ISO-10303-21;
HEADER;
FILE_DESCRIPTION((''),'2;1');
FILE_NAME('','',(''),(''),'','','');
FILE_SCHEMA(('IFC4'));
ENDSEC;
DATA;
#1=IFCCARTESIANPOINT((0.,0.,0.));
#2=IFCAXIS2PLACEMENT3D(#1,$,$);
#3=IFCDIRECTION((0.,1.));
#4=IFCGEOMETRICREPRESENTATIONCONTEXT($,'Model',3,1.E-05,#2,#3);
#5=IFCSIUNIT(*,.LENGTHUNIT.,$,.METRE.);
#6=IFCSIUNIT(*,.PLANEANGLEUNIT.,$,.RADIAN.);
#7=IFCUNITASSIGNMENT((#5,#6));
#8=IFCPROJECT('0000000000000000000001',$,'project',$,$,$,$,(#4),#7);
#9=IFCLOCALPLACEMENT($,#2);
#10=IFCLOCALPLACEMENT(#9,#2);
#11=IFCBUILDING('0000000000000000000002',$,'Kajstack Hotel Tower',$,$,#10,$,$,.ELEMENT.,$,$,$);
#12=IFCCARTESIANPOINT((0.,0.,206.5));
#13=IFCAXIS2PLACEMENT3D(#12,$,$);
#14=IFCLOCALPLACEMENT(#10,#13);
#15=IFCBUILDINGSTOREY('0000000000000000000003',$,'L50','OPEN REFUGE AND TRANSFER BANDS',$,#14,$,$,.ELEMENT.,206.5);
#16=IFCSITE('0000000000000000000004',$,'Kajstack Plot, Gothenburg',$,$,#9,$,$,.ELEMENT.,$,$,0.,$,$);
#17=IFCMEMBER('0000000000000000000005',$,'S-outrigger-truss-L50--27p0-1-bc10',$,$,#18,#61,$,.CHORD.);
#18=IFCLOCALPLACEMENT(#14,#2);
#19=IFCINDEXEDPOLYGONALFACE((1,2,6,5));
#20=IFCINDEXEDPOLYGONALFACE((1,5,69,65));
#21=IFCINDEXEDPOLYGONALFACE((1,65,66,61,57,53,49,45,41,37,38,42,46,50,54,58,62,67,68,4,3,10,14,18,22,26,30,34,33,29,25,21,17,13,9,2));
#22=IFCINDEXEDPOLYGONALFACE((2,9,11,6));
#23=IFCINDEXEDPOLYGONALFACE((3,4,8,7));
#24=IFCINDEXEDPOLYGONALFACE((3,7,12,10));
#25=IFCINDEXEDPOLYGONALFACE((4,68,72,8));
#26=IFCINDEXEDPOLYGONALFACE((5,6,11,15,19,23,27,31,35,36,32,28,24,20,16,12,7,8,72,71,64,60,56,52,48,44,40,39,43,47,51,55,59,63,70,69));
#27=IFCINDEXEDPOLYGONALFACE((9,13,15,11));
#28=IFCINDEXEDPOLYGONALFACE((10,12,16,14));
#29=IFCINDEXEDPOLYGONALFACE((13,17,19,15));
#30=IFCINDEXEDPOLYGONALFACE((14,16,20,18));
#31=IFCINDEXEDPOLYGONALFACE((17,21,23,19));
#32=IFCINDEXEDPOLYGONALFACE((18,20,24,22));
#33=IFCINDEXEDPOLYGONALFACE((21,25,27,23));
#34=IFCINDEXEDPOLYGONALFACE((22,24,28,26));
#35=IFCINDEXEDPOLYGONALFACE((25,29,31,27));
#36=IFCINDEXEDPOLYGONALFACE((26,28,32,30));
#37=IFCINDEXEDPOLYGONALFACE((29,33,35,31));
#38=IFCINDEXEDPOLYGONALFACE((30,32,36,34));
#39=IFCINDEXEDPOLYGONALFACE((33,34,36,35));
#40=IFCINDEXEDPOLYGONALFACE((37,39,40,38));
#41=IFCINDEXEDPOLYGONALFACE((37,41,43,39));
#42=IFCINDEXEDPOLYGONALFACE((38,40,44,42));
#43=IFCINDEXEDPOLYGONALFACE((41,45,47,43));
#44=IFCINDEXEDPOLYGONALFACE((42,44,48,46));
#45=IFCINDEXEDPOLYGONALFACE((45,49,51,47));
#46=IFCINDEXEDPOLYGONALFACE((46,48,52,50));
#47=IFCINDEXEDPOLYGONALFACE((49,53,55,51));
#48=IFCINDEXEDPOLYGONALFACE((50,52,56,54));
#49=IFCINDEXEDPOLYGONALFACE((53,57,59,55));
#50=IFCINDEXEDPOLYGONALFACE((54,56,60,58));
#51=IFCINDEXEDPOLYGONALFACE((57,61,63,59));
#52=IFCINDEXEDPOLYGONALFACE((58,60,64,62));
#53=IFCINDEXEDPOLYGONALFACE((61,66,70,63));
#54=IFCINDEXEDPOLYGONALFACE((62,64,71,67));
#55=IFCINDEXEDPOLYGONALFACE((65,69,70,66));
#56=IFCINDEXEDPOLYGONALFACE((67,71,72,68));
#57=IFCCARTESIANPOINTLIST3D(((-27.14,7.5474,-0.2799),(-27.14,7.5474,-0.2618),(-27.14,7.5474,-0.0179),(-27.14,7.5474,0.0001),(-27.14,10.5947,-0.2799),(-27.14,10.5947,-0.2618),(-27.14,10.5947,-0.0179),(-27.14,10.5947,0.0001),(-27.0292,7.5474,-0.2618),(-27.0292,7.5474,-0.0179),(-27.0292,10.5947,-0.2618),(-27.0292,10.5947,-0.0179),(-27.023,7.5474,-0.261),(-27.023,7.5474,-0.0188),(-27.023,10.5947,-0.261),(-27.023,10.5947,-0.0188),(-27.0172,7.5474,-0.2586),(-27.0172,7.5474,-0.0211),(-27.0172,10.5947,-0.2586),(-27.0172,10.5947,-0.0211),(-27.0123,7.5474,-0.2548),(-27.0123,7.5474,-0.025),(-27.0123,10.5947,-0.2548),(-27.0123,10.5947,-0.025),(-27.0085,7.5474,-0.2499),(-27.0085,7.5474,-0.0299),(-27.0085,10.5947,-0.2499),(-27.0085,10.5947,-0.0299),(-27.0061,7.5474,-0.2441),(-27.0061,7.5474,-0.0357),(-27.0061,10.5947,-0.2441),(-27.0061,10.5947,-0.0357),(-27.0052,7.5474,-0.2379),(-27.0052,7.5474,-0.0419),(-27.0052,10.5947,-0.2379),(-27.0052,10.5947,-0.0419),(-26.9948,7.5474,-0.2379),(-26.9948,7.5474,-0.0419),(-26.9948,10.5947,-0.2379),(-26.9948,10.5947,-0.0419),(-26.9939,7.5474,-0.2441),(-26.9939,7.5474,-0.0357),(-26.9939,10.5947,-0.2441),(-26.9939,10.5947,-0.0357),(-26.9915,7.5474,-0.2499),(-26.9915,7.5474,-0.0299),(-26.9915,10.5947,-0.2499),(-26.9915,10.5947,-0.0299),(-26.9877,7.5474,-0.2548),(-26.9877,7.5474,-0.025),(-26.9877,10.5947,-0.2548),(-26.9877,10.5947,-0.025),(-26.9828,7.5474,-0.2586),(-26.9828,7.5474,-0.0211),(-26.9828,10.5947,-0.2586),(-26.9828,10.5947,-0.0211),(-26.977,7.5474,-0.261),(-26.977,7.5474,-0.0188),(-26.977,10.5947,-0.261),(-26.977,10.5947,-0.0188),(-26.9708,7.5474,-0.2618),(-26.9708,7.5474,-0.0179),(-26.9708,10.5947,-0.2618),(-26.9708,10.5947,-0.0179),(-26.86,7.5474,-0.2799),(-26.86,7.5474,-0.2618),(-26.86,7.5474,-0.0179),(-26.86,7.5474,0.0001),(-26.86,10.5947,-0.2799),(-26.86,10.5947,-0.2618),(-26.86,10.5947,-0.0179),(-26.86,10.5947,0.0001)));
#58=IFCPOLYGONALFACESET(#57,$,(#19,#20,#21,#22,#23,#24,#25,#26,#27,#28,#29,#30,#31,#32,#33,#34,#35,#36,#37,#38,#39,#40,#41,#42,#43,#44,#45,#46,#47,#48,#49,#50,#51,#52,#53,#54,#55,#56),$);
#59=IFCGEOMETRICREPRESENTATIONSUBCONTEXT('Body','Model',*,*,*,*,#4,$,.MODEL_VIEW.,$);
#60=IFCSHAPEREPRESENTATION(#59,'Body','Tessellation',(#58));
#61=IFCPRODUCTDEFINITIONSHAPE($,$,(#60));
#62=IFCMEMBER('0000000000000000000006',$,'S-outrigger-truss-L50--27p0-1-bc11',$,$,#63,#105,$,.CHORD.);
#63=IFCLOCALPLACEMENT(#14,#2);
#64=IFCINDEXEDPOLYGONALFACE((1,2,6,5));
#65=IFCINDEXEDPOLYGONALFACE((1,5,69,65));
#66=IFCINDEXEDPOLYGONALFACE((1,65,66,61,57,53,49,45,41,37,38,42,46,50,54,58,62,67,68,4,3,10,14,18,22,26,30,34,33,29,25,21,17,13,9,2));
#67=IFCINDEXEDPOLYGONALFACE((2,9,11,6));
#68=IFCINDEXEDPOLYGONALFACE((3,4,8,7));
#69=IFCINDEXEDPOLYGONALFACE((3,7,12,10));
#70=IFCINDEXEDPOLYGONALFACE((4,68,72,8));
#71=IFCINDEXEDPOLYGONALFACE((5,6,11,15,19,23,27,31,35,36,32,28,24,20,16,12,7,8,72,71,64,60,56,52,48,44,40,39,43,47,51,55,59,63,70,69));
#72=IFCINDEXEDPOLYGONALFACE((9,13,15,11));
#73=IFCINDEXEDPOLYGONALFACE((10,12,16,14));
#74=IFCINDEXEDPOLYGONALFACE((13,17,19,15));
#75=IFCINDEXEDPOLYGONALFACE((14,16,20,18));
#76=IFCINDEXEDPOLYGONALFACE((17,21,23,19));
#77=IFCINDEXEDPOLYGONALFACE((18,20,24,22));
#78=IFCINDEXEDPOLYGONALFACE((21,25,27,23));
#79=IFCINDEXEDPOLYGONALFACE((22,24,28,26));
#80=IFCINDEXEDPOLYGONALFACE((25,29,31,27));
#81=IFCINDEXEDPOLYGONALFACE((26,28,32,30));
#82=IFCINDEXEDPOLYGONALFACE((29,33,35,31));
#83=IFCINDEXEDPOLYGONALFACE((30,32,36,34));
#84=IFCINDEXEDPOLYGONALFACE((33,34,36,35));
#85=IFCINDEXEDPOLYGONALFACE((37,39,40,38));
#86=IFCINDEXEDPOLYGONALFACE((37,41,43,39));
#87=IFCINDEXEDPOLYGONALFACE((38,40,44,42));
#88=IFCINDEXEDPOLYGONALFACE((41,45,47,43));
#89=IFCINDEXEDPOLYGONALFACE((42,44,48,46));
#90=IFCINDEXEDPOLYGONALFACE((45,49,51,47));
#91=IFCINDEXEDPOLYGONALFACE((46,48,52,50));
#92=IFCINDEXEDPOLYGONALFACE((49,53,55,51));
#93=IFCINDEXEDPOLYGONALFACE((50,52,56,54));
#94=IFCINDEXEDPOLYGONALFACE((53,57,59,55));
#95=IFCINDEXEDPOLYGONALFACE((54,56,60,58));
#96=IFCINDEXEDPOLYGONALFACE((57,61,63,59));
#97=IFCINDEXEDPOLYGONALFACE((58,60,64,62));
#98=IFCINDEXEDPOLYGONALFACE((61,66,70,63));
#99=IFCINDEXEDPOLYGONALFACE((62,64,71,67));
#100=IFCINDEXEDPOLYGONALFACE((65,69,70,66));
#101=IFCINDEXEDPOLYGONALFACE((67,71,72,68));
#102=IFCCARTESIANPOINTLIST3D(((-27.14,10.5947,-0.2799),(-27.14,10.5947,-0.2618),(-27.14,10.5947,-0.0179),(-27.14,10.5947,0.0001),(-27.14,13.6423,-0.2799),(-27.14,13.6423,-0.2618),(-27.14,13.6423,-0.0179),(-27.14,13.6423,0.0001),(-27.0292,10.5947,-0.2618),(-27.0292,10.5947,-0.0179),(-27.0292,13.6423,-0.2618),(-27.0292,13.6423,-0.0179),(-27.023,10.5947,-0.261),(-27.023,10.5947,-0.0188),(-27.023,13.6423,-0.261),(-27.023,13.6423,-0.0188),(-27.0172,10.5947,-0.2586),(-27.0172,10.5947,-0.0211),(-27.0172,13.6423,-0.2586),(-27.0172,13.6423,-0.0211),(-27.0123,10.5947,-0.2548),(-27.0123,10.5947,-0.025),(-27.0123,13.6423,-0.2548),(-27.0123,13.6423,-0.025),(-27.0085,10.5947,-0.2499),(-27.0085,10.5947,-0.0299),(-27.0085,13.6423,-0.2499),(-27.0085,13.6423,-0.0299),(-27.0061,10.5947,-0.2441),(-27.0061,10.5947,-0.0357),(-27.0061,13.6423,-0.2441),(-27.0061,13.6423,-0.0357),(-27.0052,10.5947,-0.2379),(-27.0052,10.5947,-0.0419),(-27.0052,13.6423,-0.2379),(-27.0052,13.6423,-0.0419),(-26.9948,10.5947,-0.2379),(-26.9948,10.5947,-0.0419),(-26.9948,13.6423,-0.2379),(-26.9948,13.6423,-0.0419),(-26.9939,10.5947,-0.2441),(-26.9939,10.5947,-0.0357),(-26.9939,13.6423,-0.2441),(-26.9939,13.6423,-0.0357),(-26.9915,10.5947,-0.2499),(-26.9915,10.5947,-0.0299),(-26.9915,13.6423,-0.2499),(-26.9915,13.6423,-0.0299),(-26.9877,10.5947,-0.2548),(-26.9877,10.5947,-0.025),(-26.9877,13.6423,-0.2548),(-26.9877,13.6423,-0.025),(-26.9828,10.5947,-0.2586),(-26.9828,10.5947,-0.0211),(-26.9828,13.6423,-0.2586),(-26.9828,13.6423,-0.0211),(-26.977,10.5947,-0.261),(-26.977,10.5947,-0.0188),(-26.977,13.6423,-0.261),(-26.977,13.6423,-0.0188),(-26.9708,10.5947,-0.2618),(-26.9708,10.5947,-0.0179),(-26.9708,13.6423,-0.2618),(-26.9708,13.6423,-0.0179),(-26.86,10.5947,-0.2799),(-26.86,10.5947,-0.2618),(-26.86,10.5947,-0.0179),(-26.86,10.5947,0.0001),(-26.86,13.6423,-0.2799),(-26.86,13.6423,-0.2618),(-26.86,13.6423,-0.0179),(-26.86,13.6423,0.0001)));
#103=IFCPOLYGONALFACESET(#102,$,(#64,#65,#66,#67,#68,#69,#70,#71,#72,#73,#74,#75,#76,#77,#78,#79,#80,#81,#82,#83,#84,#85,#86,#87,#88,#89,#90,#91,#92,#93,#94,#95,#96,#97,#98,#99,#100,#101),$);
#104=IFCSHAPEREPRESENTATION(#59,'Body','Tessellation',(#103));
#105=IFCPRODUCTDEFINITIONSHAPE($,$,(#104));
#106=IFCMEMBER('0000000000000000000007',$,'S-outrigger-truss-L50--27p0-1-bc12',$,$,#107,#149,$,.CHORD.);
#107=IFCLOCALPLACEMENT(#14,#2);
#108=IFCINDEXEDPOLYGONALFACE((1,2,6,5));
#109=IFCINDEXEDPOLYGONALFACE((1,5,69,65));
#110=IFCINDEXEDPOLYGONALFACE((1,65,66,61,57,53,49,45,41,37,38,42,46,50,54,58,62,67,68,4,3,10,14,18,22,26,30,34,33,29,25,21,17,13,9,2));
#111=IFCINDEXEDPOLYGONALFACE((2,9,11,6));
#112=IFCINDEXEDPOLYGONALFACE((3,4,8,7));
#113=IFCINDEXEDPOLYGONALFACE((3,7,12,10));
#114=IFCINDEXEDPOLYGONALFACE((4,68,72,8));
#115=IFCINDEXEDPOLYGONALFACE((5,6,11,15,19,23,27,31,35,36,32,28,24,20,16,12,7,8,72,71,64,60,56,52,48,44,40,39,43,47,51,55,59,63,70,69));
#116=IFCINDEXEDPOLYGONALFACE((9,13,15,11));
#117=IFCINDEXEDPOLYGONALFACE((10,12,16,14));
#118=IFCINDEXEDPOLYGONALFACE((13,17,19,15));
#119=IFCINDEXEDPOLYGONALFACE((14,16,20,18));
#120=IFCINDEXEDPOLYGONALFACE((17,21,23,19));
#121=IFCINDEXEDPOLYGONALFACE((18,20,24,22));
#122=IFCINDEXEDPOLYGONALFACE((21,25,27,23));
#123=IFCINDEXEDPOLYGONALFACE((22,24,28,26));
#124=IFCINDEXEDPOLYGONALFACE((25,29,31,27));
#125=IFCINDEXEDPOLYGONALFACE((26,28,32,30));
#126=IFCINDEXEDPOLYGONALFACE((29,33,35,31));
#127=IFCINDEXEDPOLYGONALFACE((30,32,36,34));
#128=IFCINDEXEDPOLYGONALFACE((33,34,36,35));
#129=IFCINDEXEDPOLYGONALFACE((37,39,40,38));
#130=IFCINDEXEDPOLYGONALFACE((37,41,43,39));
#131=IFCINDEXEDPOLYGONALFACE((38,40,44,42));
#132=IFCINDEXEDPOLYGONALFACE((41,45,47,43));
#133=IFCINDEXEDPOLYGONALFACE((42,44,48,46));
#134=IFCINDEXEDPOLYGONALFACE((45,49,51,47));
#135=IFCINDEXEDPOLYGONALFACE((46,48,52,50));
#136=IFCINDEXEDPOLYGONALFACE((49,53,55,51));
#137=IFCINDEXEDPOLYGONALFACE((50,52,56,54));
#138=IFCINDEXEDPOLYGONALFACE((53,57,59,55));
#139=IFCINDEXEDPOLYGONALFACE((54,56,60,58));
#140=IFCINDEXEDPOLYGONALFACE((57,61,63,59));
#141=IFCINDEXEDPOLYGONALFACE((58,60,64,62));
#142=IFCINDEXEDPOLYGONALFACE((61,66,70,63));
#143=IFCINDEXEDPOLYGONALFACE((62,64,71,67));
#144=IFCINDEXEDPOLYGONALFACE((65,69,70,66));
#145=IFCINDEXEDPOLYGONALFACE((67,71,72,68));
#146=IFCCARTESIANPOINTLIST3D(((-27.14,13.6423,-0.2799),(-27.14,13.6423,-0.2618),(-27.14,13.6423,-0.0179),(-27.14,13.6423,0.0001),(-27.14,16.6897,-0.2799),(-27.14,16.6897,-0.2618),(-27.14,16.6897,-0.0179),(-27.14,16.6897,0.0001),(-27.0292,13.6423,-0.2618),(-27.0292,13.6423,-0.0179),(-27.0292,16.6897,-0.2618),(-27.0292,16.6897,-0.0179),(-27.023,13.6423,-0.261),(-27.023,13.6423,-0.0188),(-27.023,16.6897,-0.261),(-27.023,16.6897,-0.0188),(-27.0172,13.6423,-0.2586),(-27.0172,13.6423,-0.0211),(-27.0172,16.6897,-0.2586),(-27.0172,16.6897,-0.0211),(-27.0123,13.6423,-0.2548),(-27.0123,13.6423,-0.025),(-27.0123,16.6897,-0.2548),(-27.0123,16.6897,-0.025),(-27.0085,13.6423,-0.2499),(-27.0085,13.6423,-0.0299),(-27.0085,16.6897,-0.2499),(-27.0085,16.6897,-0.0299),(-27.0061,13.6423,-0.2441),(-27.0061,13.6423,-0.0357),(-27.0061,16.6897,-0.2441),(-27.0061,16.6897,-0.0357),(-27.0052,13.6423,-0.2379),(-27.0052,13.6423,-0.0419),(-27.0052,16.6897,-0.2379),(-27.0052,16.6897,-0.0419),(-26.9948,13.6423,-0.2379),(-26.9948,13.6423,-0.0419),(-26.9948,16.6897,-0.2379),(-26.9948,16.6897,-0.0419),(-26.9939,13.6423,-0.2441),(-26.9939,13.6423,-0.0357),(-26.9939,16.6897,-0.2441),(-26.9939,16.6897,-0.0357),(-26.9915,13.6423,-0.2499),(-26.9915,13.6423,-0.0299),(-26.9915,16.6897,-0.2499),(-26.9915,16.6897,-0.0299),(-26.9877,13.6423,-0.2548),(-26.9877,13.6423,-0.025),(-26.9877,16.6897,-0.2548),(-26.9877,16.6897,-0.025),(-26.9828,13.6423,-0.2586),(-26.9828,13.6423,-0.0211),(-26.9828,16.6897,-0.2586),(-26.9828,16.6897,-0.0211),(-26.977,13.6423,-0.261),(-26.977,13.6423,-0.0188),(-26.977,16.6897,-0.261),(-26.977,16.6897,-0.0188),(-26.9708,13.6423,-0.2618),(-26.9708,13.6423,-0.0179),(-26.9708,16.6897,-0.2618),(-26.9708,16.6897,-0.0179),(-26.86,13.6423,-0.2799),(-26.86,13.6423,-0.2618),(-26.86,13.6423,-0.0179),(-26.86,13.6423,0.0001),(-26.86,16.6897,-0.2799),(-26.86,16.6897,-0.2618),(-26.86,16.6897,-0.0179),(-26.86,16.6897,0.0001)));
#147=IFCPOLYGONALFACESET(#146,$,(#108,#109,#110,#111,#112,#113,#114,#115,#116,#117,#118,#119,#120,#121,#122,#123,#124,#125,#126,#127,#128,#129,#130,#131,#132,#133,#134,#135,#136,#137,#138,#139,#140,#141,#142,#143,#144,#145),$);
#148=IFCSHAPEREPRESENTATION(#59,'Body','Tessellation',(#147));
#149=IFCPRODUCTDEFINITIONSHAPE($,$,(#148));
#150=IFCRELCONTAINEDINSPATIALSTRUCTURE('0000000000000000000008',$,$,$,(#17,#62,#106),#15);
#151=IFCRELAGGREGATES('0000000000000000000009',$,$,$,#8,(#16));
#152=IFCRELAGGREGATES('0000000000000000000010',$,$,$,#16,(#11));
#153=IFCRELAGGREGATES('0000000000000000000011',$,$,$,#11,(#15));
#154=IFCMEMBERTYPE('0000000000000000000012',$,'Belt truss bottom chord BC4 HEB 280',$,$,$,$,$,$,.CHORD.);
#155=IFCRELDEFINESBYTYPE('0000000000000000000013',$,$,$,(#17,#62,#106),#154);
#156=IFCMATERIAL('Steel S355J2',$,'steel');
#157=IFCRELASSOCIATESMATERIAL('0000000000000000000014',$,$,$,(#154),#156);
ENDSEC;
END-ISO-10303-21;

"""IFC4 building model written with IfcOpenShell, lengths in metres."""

from ifc_helpers import new_model, si_unit, direction, frame, origin, origin_2d, place, context, subcontext, project, spatial, i_section, extrude, material, material_profile, profile_set, type_object, element, save


model = new_model("IFC4")

# Units and contexts
model_context = context("Model", 3, precision=1e-05, world=origin(), true_north=direction((0.0, 1.0)))
body_context = subcontext(model_context, "Body", "Model", "MODEL_VIEW")
ifc_project = project(units=[si_unit("LENGTHUNIT", "METRE"), si_unit("PLANEANGLEUNIT", "RADIAN")], contexts=[model_context])

# Site, building, storey
site_placement = place(None, origin())
site = spatial("IfcSite", under=ifc_project, at=site_placement, Name="Kajstack Plot, Gothenburg", CompositionType="ELEMENT", RefElevation=0.0)
building_placement = place(site_placement, origin())
building = spatial("IfcBuilding", under=site, at=building_placement, Name="Kajstack Hotel Tower", CompositionType="ELEMENT")
storey_placement = place(building_placement, frame((0.0, 0.0, 206.5)))
storey = spatial("IfcBuildingStorey", under=building, at=storey_placement, Name="L50", Description="OPEN REFUGE AND TRANSFER BANDS", CompositionType="ELEMENT", Elevation=206.5)

# Members
ifc_material_1 = material(Name="Steel S355J2", Category="steel")
ifc_material_profile_1 = material_profile(ifc_material_1, i_section(OverallWidth=0.28, OverallDepth=0.28, WebThickness=0.0105, FlangeThickness=0.0181, FilletRadius=0.0239, at=origin_2d()), Name="HEB 280")
ifc_profile_set_1 = profile_set([ifc_material_profile_1], Name="Steel S355J2")
member_type_1 = type_object("IfcMemberType", Name="Belt truss bottom chord BC4 HEB 280", PredefinedType="CHORD", material=ifc_profile_set_1)
member_1_placement = place(storey_placement, frame((-27.0, 7.5474, -0.1399), z_axis=(0.0, 1.0, 0.0), x_axis=(-1.0, 0.0, 0.0)))
element("IfcMember", 1, at=member_1_placement, inside=storey, type_object=member_type_1, Name="S-outrigger-truss-L50--27p0-1-bc10", PredefinedType="CHORD", context=body_context, shape_type="SweptSolid", body=[
    extrude(i_section(OverallWidth=0.28, OverallDepth=0.28, WebThickness=0.0105, FlangeThickness=0.0181, FilletRadius=0.0239, at=origin_2d()), origin(), (0.0, 0.0, 1.0), 3.0474),
])
member_2_placement = place(storey_placement, frame((-27.0, 10.5947, -0.1399), z_axis=(0.0, 1.0, 0.0), x_axis=(-1.0, 0.0, 0.0)))
element("IfcMember", 2, at=member_2_placement, inside=storey, type_object=member_type_1, Name="S-outrigger-truss-L50--27p0-1-bc11", PredefinedType="CHORD", context=body_context, shape_type="SweptSolid", body=[
    extrude(i_section(OverallWidth=0.28, OverallDepth=0.28, WebThickness=0.0105, FlangeThickness=0.0181, FilletRadius=0.0239, at=origin_2d()), origin(), (0.0, 0.0, 1.0), 3.0476),
])
member_3_placement = place(storey_placement, frame((-27.0, 13.6423, -0.1399), z_axis=(0.0, 1.0, 0.0), x_axis=(-1.0, 0.0, 0.0)))
element("IfcMember", 3, at=member_3_placement, inside=storey, type_object=member_type_1, Name="S-outrigger-truss-L50--27p0-1-bc12", PredefinedType="CHORD", context=body_context, shape_type="SweptSolid", body=[
    extrude(i_section(OverallWidth=0.28, OverallDepth=0.28, WebThickness=0.0105, FlangeThickness=0.0181, FilletRadius=0.0239, at=origin_2d()), origin(), (0.0, 0.0, 1.0), 3.0474),
])

save(model, "model.ifc")
